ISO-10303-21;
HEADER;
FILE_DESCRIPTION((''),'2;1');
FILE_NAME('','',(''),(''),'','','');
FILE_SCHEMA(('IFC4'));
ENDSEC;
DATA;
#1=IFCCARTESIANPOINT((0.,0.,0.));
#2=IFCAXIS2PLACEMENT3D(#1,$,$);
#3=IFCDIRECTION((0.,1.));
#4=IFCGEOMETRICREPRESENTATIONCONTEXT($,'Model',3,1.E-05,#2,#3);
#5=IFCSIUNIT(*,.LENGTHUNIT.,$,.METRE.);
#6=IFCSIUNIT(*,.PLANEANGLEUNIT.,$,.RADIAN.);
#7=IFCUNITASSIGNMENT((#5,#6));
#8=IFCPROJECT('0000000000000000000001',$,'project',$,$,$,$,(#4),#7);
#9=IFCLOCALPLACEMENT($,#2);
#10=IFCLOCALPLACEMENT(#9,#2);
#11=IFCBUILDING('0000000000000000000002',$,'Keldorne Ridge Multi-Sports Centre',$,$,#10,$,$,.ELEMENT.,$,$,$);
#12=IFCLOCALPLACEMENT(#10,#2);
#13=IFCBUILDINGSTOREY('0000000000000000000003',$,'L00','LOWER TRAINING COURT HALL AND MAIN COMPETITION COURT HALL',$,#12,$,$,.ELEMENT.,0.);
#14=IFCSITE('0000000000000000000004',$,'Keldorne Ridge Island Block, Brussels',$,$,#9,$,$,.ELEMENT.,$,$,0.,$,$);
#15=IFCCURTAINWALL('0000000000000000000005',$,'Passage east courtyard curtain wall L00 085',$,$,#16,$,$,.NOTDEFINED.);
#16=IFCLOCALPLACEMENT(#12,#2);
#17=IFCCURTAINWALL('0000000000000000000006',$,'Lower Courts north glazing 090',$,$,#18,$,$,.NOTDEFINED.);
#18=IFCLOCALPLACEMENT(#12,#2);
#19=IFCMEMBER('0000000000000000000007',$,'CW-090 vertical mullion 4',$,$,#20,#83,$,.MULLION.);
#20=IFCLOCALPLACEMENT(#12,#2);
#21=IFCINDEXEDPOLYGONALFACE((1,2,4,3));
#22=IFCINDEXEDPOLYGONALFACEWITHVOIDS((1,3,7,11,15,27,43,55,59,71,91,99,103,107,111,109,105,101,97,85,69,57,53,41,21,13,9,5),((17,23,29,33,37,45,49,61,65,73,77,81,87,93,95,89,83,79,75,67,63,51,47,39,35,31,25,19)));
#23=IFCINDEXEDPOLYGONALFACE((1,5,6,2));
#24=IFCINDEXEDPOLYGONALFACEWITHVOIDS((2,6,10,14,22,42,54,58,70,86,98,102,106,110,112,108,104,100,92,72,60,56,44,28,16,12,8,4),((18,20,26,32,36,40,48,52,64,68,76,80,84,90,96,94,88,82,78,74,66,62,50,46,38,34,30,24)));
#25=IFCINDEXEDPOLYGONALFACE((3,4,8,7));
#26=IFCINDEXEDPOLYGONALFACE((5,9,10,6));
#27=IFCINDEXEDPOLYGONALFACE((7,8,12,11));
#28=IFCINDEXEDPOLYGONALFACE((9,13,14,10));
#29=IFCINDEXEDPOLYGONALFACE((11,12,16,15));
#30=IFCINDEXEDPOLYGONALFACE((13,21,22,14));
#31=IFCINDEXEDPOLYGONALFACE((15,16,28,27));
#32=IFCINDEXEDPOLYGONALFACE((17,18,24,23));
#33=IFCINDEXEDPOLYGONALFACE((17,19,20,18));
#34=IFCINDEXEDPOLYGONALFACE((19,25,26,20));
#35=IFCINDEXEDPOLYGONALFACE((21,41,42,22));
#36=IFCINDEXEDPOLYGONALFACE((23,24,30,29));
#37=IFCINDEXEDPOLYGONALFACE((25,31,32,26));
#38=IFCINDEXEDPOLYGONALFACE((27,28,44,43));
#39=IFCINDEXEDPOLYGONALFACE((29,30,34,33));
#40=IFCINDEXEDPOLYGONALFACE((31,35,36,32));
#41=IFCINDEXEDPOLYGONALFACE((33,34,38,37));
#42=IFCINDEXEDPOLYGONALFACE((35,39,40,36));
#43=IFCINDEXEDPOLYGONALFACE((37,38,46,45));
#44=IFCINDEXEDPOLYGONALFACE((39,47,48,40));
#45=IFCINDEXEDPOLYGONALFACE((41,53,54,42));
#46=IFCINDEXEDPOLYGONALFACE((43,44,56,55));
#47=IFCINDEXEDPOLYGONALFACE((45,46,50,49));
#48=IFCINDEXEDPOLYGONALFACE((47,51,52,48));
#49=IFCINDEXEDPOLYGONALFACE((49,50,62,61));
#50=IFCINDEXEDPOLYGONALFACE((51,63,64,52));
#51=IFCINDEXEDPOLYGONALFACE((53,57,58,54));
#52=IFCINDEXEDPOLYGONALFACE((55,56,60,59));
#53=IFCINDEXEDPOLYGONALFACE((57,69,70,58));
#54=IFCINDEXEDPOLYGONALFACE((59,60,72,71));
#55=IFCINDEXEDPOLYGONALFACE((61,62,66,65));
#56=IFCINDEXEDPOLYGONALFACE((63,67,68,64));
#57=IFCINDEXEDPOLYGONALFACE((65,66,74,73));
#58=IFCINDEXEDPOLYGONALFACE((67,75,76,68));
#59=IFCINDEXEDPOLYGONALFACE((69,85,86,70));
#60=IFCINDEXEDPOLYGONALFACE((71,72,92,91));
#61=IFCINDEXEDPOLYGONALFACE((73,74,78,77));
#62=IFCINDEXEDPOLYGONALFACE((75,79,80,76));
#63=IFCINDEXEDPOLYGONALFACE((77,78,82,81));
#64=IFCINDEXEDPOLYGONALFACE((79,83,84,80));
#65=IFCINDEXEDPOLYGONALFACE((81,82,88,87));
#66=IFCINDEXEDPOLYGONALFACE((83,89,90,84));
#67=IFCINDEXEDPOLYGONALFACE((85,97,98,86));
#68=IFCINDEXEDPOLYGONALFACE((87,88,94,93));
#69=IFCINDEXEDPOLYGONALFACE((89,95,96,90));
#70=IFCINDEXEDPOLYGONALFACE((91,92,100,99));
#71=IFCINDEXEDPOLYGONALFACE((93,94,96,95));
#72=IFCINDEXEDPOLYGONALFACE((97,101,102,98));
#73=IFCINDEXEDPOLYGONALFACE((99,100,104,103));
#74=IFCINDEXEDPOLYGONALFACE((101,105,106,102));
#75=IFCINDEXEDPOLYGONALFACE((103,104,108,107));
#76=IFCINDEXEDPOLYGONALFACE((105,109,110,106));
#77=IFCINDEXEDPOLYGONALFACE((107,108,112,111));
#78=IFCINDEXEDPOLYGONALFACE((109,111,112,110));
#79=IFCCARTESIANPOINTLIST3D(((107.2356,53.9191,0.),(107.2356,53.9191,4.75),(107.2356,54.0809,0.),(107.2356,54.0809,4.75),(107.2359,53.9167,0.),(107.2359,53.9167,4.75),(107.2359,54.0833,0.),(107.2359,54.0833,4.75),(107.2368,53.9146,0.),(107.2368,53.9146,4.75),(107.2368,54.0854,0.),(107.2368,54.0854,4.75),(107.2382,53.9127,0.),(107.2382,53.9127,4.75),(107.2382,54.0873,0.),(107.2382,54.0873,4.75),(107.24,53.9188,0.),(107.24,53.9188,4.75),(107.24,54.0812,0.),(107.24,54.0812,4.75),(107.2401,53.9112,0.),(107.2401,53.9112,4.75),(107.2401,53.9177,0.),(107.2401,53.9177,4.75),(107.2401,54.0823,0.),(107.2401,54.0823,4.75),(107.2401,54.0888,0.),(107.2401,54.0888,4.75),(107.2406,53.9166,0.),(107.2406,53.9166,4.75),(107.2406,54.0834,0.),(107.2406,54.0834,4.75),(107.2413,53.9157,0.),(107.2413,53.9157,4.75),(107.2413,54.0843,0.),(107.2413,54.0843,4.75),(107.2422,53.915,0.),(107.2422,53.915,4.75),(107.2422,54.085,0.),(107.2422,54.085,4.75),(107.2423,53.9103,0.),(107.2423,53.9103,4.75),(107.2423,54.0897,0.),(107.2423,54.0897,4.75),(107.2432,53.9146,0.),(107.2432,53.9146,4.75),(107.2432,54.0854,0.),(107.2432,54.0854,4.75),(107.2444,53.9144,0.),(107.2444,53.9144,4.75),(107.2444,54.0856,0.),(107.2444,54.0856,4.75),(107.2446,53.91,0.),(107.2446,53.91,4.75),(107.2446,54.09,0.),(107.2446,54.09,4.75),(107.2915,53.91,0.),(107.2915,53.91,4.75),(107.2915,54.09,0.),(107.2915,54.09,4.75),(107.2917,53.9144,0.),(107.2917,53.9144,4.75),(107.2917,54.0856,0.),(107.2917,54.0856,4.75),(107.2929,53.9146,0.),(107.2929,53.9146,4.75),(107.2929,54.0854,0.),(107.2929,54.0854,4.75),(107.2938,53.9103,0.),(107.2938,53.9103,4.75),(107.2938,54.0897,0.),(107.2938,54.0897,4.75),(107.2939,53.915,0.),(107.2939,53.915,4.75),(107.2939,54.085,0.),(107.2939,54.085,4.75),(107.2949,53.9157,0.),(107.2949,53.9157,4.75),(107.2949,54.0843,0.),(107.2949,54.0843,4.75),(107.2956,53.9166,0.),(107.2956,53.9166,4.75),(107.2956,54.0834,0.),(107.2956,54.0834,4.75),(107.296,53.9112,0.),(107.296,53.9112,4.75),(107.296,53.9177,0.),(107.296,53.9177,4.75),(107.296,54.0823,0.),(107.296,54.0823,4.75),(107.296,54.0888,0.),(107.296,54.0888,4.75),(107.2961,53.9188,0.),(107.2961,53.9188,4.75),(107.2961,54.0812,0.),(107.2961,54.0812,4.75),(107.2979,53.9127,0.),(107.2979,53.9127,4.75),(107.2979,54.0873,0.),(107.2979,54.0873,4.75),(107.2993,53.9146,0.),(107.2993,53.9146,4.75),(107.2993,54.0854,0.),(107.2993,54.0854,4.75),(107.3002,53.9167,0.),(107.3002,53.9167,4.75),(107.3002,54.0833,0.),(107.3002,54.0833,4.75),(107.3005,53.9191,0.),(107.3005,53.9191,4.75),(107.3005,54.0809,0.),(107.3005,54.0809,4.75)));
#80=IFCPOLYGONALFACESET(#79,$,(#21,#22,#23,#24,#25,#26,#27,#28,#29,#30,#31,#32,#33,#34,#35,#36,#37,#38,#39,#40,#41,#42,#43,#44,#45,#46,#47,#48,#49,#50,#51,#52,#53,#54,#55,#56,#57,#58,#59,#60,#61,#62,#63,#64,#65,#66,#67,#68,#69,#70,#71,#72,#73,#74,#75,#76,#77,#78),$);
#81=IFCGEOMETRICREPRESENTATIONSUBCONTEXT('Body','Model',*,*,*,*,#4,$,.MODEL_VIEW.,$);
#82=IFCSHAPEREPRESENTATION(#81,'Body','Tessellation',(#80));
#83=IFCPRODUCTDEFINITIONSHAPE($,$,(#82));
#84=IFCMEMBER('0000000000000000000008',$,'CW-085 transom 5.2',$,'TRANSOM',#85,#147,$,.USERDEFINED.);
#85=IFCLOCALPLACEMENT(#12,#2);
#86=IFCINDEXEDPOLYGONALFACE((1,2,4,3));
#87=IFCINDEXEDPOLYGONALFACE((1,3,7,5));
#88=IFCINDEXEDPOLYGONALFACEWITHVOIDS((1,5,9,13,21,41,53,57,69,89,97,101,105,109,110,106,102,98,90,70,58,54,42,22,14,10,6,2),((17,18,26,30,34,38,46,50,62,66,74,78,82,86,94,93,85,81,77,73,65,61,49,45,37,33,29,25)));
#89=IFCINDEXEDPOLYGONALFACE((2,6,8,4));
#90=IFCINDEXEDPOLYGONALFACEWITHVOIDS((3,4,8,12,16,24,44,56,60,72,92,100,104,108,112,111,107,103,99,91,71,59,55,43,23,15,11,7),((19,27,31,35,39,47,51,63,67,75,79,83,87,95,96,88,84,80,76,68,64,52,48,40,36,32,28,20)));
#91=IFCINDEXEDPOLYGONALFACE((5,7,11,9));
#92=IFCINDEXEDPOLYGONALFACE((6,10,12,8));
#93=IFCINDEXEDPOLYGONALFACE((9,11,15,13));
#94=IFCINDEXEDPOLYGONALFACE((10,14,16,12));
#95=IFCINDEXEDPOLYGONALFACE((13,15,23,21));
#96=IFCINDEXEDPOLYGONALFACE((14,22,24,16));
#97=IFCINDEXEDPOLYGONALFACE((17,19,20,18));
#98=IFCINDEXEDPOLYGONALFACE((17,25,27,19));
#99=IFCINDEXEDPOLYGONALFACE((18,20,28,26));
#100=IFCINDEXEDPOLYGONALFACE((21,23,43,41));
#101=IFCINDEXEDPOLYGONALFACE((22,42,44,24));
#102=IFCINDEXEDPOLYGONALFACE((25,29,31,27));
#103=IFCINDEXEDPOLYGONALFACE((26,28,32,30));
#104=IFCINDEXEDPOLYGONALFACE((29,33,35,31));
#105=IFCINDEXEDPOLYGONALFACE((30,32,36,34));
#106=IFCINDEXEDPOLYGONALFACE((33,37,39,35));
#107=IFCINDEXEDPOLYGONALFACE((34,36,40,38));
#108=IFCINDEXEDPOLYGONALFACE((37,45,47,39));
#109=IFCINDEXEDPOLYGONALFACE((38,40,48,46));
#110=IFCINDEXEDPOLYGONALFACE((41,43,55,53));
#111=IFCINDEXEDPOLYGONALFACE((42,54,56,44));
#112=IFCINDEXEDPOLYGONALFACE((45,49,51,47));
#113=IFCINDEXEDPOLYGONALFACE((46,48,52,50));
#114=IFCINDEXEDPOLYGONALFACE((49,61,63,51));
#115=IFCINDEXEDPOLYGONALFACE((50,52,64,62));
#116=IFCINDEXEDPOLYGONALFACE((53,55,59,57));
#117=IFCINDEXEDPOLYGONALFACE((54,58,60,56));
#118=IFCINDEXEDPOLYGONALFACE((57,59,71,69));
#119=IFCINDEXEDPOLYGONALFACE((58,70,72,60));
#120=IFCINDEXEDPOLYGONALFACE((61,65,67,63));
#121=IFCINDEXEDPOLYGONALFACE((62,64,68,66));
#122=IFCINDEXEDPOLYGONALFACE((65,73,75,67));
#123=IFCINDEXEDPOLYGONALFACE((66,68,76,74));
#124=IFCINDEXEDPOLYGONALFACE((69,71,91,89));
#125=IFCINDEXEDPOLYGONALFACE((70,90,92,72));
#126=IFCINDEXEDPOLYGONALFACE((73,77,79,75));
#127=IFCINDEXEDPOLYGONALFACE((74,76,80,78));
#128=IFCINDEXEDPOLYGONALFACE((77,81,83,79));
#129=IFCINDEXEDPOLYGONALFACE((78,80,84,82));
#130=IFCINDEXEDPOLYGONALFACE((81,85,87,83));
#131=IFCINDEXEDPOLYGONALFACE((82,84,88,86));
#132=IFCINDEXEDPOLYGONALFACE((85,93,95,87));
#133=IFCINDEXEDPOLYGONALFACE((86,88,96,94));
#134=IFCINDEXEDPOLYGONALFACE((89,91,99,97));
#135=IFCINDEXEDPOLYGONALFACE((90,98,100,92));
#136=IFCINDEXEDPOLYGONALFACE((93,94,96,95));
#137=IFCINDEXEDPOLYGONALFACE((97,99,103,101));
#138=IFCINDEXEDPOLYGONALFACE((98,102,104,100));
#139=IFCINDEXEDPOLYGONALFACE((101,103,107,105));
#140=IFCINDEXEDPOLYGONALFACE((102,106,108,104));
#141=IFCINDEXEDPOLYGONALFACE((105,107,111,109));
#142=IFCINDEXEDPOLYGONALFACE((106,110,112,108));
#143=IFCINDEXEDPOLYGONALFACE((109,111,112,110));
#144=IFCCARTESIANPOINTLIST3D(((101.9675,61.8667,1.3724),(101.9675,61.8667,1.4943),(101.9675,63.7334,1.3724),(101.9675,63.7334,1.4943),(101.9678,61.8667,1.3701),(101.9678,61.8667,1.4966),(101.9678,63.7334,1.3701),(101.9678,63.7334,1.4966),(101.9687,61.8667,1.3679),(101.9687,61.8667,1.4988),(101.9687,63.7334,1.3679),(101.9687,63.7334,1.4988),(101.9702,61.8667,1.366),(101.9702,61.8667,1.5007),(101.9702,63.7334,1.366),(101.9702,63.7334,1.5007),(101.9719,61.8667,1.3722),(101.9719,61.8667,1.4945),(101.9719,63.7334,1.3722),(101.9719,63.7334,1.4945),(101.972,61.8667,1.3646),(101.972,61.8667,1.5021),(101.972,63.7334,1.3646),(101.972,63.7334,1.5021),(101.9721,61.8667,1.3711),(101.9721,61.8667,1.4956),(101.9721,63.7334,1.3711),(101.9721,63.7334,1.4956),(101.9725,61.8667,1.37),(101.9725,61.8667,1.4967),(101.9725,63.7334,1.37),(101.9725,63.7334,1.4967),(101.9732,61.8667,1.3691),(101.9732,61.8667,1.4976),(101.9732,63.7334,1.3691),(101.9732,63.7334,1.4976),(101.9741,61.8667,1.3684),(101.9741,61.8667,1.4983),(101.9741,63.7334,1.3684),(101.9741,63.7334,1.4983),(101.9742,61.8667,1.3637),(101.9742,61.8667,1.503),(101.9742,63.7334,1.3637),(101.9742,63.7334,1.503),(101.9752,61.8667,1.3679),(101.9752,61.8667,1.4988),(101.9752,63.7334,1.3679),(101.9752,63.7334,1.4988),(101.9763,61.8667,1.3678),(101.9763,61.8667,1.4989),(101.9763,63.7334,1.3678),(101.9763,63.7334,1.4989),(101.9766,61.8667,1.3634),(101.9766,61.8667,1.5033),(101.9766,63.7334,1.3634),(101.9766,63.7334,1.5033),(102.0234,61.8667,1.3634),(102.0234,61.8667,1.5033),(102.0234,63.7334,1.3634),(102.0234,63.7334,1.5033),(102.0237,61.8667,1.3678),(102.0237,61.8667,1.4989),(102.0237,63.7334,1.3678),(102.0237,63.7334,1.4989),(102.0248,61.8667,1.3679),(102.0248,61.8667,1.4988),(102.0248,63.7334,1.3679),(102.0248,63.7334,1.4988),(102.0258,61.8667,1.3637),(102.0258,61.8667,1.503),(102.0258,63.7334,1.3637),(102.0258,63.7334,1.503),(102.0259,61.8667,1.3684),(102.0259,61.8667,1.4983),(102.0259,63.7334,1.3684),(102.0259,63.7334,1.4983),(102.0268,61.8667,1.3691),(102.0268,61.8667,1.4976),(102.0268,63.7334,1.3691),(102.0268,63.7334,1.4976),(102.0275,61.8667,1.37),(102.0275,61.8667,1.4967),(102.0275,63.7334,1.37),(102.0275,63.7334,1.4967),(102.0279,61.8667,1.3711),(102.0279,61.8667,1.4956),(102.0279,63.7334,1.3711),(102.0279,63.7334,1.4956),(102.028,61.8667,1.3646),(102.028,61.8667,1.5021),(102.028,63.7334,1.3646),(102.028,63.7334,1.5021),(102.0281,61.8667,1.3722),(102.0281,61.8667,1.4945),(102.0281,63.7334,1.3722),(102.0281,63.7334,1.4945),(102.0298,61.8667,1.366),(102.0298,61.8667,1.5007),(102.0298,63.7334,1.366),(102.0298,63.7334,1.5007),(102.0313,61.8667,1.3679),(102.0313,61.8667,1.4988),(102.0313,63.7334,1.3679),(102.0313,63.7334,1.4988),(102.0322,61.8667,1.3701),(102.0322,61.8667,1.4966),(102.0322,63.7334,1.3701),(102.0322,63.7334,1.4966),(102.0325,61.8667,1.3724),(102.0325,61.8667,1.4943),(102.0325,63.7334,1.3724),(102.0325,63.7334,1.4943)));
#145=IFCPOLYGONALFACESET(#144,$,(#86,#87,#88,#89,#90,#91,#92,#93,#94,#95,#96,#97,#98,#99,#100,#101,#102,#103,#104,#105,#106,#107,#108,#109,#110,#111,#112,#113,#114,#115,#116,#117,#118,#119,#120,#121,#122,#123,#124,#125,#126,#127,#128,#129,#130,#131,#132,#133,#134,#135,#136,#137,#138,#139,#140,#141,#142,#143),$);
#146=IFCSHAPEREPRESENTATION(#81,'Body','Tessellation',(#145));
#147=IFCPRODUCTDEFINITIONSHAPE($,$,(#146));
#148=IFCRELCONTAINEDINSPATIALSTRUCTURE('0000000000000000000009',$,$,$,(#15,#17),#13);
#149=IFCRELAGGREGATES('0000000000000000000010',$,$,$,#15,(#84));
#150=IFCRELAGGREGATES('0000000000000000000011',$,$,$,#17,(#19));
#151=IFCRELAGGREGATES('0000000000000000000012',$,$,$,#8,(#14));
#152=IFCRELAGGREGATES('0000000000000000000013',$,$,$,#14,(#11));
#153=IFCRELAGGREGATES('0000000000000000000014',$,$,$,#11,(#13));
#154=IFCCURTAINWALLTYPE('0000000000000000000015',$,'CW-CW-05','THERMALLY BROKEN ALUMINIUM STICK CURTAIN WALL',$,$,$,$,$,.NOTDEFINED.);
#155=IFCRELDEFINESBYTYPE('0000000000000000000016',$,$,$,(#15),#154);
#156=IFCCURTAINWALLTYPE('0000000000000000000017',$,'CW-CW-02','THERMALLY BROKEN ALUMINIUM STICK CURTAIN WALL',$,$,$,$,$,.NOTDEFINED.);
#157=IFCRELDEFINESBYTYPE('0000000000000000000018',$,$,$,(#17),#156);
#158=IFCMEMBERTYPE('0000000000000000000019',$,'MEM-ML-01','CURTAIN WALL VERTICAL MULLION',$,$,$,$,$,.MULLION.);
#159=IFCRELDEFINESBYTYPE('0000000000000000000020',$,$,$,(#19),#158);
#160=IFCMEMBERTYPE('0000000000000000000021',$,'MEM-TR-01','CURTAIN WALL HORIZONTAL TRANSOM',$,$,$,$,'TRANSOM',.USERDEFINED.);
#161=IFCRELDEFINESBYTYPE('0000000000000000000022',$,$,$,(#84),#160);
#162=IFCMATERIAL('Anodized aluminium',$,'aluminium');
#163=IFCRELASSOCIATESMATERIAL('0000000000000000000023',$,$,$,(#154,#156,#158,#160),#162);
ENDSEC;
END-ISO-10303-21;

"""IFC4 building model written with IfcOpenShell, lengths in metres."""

from ifc_helpers import new_model, si_unit, direction, frame, origin, origin_2d, place, context, subcontext, project, spatial, hollow_rectangle, extrude, material, material_profile, profile_set, type_object, element, aggregate, save


model = new_model("IFC4")

# Units and contexts
model_context = context("Model", 3, precision=1e-05, world=origin(), true_north=direction((0.0, 1.0)))
body_context = subcontext(model_context, "Body", "Model", "MODEL_VIEW")
ifc_project = project(units=[si_unit("LENGTHUNIT", "METRE"), si_unit("PLANEANGLEUNIT", "RADIAN")], contexts=[model_context])

# Site, building, storey
site_placement = place(None, origin())
site = spatial("IfcSite", under=ifc_project, at=site_placement, Name="Keldorne Ridge Island Block, Brussels", CompositionType="ELEMENT", RefElevation=0.0)
building_placement = place(site_placement, origin())
building = spatial("IfcBuilding", under=site, at=building_placement, Name="Keldorne Ridge Multi-Sports Centre", CompositionType="ELEMENT")
storey_placement = place(building_placement, origin())
storey = spatial("IfcBuildingStorey", under=building, at=storey_placement, Name="L00", Description="LOWER TRAINING COURT HALL AND MAIN COMPETITION COURT HALL", CompositionType="ELEMENT", Elevation=0.0)

# Curtain walls, member
ifc_material_1 = material(Name="Anodized aluminium", Category="aluminium")
curtain_wall_type_1 = type_object("IfcCurtainWallType", Name="CW-CW-05", Description="THERMALLY BROKEN ALUMINIUM STICK CURTAIN WALL", PredefinedType="NOTDEFINED", material=ifc_material_1)
curtain_wall_1_placement = place(storey_placement, origin())
curtain_wall_1 = element("IfcCurtainWall", 1, at=curtain_wall_1_placement, inside=storey, type_object=curtain_wall_type_1, Name="Passage east courtyard curtain wall L00 085", PredefinedType="NOTDEFINED")
ifc_material_profile_1 = material_profile(ifc_material_1, hollow_rectangle(XDim=0.0649, YDim=0.1799, WallThickness=0.0044, InnerFilletRadius=0.0044, OuterFilletRadius=0.009, at=origin_2d()), Name="ALU MULLION 180x65x4.5")
ifc_profile_set_1 = profile_set([ifc_material_profile_1], Name="Anodized aluminium")
member_type_1 = type_object("IfcMemberType", Name="MEM-ML-01", Description="CURTAIN WALL VERTICAL MULLION", PredefinedType="MULLION", material=ifc_profile_set_1)
curtain_wall_type_2 = type_object("IfcCurtainWallType", Name="CW-CW-02", Description="THERMALLY BROKEN ALUMINIUM STICK CURTAIN WALL", PredefinedType="NOTDEFINED", material=ifc_material_1)
curtain_wall_2_placement = place(storey_placement, origin())
curtain_wall_2 = element("IfcCurtainWall", 2, at=curtain_wall_2_placement, inside=storey, type_object=curtain_wall_type_2, Name="Lower Courts north glazing 090", PredefinedType="NOTDEFINED")
member_1_placement = place(storey_placement, frame((107.2681, 54.0, 0.0), z_axis=(0.0, 0.0, 1.0), x_axis=(1.0, 0.0, 0.0)))
member_1 = element("IfcMember", 3, at=member_1_placement, type_object=member_type_1, Name="CW-090 vertical mullion 4", PredefinedType="MULLION", context=body_context, shape_type="SweptSolid", body=[
    extrude(hollow_rectangle(XDim=0.0649, YDim=0.1799, WallThickness=0.0044, InnerFilletRadius=0.0044, OuterFilletRadius=0.009, at=origin_2d()), origin(), (0.0, 0.0, 1.0), 4.75),
])

# Member
ifc_material_profile_2 = material_profile(ifc_material_1, hollow_rectangle(XDim=0.0649, YDim=0.1399, WallThickness=0.0044, InnerFilletRadius=0.0044, OuterFilletRadius=0.009, at=origin_2d()), Name="ALU TRANSOM 140x65x4.5")
ifc_profile_set_2 = profile_set([ifc_material_profile_2], Name="Anodized aluminium")
member_type_2 = type_object("IfcMemberType", Name="MEM-TR-01", Description="CURTAIN WALL HORIZONTAL TRANSOM", ElementType="TRANSOM", PredefinedType="USERDEFINED", material=ifc_profile_set_2)
member_2_placement = place(storey_placement, frame((102.0, 61.8667, 1.4333), z_axis=(0.0, 1.0, 0.0), x_axis=(-1.0, 0.0, 0.0)))
member_2 = element("IfcMember", 4, at=member_2_placement, type_object=member_type_2, Name="CW-085 transom 5.2", ObjectType="TRANSOM", PredefinedType="USERDEFINED", context=body_context, shape_type="SweptSolid", body=[
    extrude(hollow_rectangle(XDim=0.0649, YDim=0.1399, WallThickness=0.0044, InnerFilletRadius=0.0044, OuterFilletRadius=0.009, at=origin_2d()), origin(), (0.0, 0.0, 1.0), 1.8667),
])

aggregate(curtain_wall_1, [member_2])
aggregate(curtain_wall_2, [member_1])

save(model, "model.ifc")
